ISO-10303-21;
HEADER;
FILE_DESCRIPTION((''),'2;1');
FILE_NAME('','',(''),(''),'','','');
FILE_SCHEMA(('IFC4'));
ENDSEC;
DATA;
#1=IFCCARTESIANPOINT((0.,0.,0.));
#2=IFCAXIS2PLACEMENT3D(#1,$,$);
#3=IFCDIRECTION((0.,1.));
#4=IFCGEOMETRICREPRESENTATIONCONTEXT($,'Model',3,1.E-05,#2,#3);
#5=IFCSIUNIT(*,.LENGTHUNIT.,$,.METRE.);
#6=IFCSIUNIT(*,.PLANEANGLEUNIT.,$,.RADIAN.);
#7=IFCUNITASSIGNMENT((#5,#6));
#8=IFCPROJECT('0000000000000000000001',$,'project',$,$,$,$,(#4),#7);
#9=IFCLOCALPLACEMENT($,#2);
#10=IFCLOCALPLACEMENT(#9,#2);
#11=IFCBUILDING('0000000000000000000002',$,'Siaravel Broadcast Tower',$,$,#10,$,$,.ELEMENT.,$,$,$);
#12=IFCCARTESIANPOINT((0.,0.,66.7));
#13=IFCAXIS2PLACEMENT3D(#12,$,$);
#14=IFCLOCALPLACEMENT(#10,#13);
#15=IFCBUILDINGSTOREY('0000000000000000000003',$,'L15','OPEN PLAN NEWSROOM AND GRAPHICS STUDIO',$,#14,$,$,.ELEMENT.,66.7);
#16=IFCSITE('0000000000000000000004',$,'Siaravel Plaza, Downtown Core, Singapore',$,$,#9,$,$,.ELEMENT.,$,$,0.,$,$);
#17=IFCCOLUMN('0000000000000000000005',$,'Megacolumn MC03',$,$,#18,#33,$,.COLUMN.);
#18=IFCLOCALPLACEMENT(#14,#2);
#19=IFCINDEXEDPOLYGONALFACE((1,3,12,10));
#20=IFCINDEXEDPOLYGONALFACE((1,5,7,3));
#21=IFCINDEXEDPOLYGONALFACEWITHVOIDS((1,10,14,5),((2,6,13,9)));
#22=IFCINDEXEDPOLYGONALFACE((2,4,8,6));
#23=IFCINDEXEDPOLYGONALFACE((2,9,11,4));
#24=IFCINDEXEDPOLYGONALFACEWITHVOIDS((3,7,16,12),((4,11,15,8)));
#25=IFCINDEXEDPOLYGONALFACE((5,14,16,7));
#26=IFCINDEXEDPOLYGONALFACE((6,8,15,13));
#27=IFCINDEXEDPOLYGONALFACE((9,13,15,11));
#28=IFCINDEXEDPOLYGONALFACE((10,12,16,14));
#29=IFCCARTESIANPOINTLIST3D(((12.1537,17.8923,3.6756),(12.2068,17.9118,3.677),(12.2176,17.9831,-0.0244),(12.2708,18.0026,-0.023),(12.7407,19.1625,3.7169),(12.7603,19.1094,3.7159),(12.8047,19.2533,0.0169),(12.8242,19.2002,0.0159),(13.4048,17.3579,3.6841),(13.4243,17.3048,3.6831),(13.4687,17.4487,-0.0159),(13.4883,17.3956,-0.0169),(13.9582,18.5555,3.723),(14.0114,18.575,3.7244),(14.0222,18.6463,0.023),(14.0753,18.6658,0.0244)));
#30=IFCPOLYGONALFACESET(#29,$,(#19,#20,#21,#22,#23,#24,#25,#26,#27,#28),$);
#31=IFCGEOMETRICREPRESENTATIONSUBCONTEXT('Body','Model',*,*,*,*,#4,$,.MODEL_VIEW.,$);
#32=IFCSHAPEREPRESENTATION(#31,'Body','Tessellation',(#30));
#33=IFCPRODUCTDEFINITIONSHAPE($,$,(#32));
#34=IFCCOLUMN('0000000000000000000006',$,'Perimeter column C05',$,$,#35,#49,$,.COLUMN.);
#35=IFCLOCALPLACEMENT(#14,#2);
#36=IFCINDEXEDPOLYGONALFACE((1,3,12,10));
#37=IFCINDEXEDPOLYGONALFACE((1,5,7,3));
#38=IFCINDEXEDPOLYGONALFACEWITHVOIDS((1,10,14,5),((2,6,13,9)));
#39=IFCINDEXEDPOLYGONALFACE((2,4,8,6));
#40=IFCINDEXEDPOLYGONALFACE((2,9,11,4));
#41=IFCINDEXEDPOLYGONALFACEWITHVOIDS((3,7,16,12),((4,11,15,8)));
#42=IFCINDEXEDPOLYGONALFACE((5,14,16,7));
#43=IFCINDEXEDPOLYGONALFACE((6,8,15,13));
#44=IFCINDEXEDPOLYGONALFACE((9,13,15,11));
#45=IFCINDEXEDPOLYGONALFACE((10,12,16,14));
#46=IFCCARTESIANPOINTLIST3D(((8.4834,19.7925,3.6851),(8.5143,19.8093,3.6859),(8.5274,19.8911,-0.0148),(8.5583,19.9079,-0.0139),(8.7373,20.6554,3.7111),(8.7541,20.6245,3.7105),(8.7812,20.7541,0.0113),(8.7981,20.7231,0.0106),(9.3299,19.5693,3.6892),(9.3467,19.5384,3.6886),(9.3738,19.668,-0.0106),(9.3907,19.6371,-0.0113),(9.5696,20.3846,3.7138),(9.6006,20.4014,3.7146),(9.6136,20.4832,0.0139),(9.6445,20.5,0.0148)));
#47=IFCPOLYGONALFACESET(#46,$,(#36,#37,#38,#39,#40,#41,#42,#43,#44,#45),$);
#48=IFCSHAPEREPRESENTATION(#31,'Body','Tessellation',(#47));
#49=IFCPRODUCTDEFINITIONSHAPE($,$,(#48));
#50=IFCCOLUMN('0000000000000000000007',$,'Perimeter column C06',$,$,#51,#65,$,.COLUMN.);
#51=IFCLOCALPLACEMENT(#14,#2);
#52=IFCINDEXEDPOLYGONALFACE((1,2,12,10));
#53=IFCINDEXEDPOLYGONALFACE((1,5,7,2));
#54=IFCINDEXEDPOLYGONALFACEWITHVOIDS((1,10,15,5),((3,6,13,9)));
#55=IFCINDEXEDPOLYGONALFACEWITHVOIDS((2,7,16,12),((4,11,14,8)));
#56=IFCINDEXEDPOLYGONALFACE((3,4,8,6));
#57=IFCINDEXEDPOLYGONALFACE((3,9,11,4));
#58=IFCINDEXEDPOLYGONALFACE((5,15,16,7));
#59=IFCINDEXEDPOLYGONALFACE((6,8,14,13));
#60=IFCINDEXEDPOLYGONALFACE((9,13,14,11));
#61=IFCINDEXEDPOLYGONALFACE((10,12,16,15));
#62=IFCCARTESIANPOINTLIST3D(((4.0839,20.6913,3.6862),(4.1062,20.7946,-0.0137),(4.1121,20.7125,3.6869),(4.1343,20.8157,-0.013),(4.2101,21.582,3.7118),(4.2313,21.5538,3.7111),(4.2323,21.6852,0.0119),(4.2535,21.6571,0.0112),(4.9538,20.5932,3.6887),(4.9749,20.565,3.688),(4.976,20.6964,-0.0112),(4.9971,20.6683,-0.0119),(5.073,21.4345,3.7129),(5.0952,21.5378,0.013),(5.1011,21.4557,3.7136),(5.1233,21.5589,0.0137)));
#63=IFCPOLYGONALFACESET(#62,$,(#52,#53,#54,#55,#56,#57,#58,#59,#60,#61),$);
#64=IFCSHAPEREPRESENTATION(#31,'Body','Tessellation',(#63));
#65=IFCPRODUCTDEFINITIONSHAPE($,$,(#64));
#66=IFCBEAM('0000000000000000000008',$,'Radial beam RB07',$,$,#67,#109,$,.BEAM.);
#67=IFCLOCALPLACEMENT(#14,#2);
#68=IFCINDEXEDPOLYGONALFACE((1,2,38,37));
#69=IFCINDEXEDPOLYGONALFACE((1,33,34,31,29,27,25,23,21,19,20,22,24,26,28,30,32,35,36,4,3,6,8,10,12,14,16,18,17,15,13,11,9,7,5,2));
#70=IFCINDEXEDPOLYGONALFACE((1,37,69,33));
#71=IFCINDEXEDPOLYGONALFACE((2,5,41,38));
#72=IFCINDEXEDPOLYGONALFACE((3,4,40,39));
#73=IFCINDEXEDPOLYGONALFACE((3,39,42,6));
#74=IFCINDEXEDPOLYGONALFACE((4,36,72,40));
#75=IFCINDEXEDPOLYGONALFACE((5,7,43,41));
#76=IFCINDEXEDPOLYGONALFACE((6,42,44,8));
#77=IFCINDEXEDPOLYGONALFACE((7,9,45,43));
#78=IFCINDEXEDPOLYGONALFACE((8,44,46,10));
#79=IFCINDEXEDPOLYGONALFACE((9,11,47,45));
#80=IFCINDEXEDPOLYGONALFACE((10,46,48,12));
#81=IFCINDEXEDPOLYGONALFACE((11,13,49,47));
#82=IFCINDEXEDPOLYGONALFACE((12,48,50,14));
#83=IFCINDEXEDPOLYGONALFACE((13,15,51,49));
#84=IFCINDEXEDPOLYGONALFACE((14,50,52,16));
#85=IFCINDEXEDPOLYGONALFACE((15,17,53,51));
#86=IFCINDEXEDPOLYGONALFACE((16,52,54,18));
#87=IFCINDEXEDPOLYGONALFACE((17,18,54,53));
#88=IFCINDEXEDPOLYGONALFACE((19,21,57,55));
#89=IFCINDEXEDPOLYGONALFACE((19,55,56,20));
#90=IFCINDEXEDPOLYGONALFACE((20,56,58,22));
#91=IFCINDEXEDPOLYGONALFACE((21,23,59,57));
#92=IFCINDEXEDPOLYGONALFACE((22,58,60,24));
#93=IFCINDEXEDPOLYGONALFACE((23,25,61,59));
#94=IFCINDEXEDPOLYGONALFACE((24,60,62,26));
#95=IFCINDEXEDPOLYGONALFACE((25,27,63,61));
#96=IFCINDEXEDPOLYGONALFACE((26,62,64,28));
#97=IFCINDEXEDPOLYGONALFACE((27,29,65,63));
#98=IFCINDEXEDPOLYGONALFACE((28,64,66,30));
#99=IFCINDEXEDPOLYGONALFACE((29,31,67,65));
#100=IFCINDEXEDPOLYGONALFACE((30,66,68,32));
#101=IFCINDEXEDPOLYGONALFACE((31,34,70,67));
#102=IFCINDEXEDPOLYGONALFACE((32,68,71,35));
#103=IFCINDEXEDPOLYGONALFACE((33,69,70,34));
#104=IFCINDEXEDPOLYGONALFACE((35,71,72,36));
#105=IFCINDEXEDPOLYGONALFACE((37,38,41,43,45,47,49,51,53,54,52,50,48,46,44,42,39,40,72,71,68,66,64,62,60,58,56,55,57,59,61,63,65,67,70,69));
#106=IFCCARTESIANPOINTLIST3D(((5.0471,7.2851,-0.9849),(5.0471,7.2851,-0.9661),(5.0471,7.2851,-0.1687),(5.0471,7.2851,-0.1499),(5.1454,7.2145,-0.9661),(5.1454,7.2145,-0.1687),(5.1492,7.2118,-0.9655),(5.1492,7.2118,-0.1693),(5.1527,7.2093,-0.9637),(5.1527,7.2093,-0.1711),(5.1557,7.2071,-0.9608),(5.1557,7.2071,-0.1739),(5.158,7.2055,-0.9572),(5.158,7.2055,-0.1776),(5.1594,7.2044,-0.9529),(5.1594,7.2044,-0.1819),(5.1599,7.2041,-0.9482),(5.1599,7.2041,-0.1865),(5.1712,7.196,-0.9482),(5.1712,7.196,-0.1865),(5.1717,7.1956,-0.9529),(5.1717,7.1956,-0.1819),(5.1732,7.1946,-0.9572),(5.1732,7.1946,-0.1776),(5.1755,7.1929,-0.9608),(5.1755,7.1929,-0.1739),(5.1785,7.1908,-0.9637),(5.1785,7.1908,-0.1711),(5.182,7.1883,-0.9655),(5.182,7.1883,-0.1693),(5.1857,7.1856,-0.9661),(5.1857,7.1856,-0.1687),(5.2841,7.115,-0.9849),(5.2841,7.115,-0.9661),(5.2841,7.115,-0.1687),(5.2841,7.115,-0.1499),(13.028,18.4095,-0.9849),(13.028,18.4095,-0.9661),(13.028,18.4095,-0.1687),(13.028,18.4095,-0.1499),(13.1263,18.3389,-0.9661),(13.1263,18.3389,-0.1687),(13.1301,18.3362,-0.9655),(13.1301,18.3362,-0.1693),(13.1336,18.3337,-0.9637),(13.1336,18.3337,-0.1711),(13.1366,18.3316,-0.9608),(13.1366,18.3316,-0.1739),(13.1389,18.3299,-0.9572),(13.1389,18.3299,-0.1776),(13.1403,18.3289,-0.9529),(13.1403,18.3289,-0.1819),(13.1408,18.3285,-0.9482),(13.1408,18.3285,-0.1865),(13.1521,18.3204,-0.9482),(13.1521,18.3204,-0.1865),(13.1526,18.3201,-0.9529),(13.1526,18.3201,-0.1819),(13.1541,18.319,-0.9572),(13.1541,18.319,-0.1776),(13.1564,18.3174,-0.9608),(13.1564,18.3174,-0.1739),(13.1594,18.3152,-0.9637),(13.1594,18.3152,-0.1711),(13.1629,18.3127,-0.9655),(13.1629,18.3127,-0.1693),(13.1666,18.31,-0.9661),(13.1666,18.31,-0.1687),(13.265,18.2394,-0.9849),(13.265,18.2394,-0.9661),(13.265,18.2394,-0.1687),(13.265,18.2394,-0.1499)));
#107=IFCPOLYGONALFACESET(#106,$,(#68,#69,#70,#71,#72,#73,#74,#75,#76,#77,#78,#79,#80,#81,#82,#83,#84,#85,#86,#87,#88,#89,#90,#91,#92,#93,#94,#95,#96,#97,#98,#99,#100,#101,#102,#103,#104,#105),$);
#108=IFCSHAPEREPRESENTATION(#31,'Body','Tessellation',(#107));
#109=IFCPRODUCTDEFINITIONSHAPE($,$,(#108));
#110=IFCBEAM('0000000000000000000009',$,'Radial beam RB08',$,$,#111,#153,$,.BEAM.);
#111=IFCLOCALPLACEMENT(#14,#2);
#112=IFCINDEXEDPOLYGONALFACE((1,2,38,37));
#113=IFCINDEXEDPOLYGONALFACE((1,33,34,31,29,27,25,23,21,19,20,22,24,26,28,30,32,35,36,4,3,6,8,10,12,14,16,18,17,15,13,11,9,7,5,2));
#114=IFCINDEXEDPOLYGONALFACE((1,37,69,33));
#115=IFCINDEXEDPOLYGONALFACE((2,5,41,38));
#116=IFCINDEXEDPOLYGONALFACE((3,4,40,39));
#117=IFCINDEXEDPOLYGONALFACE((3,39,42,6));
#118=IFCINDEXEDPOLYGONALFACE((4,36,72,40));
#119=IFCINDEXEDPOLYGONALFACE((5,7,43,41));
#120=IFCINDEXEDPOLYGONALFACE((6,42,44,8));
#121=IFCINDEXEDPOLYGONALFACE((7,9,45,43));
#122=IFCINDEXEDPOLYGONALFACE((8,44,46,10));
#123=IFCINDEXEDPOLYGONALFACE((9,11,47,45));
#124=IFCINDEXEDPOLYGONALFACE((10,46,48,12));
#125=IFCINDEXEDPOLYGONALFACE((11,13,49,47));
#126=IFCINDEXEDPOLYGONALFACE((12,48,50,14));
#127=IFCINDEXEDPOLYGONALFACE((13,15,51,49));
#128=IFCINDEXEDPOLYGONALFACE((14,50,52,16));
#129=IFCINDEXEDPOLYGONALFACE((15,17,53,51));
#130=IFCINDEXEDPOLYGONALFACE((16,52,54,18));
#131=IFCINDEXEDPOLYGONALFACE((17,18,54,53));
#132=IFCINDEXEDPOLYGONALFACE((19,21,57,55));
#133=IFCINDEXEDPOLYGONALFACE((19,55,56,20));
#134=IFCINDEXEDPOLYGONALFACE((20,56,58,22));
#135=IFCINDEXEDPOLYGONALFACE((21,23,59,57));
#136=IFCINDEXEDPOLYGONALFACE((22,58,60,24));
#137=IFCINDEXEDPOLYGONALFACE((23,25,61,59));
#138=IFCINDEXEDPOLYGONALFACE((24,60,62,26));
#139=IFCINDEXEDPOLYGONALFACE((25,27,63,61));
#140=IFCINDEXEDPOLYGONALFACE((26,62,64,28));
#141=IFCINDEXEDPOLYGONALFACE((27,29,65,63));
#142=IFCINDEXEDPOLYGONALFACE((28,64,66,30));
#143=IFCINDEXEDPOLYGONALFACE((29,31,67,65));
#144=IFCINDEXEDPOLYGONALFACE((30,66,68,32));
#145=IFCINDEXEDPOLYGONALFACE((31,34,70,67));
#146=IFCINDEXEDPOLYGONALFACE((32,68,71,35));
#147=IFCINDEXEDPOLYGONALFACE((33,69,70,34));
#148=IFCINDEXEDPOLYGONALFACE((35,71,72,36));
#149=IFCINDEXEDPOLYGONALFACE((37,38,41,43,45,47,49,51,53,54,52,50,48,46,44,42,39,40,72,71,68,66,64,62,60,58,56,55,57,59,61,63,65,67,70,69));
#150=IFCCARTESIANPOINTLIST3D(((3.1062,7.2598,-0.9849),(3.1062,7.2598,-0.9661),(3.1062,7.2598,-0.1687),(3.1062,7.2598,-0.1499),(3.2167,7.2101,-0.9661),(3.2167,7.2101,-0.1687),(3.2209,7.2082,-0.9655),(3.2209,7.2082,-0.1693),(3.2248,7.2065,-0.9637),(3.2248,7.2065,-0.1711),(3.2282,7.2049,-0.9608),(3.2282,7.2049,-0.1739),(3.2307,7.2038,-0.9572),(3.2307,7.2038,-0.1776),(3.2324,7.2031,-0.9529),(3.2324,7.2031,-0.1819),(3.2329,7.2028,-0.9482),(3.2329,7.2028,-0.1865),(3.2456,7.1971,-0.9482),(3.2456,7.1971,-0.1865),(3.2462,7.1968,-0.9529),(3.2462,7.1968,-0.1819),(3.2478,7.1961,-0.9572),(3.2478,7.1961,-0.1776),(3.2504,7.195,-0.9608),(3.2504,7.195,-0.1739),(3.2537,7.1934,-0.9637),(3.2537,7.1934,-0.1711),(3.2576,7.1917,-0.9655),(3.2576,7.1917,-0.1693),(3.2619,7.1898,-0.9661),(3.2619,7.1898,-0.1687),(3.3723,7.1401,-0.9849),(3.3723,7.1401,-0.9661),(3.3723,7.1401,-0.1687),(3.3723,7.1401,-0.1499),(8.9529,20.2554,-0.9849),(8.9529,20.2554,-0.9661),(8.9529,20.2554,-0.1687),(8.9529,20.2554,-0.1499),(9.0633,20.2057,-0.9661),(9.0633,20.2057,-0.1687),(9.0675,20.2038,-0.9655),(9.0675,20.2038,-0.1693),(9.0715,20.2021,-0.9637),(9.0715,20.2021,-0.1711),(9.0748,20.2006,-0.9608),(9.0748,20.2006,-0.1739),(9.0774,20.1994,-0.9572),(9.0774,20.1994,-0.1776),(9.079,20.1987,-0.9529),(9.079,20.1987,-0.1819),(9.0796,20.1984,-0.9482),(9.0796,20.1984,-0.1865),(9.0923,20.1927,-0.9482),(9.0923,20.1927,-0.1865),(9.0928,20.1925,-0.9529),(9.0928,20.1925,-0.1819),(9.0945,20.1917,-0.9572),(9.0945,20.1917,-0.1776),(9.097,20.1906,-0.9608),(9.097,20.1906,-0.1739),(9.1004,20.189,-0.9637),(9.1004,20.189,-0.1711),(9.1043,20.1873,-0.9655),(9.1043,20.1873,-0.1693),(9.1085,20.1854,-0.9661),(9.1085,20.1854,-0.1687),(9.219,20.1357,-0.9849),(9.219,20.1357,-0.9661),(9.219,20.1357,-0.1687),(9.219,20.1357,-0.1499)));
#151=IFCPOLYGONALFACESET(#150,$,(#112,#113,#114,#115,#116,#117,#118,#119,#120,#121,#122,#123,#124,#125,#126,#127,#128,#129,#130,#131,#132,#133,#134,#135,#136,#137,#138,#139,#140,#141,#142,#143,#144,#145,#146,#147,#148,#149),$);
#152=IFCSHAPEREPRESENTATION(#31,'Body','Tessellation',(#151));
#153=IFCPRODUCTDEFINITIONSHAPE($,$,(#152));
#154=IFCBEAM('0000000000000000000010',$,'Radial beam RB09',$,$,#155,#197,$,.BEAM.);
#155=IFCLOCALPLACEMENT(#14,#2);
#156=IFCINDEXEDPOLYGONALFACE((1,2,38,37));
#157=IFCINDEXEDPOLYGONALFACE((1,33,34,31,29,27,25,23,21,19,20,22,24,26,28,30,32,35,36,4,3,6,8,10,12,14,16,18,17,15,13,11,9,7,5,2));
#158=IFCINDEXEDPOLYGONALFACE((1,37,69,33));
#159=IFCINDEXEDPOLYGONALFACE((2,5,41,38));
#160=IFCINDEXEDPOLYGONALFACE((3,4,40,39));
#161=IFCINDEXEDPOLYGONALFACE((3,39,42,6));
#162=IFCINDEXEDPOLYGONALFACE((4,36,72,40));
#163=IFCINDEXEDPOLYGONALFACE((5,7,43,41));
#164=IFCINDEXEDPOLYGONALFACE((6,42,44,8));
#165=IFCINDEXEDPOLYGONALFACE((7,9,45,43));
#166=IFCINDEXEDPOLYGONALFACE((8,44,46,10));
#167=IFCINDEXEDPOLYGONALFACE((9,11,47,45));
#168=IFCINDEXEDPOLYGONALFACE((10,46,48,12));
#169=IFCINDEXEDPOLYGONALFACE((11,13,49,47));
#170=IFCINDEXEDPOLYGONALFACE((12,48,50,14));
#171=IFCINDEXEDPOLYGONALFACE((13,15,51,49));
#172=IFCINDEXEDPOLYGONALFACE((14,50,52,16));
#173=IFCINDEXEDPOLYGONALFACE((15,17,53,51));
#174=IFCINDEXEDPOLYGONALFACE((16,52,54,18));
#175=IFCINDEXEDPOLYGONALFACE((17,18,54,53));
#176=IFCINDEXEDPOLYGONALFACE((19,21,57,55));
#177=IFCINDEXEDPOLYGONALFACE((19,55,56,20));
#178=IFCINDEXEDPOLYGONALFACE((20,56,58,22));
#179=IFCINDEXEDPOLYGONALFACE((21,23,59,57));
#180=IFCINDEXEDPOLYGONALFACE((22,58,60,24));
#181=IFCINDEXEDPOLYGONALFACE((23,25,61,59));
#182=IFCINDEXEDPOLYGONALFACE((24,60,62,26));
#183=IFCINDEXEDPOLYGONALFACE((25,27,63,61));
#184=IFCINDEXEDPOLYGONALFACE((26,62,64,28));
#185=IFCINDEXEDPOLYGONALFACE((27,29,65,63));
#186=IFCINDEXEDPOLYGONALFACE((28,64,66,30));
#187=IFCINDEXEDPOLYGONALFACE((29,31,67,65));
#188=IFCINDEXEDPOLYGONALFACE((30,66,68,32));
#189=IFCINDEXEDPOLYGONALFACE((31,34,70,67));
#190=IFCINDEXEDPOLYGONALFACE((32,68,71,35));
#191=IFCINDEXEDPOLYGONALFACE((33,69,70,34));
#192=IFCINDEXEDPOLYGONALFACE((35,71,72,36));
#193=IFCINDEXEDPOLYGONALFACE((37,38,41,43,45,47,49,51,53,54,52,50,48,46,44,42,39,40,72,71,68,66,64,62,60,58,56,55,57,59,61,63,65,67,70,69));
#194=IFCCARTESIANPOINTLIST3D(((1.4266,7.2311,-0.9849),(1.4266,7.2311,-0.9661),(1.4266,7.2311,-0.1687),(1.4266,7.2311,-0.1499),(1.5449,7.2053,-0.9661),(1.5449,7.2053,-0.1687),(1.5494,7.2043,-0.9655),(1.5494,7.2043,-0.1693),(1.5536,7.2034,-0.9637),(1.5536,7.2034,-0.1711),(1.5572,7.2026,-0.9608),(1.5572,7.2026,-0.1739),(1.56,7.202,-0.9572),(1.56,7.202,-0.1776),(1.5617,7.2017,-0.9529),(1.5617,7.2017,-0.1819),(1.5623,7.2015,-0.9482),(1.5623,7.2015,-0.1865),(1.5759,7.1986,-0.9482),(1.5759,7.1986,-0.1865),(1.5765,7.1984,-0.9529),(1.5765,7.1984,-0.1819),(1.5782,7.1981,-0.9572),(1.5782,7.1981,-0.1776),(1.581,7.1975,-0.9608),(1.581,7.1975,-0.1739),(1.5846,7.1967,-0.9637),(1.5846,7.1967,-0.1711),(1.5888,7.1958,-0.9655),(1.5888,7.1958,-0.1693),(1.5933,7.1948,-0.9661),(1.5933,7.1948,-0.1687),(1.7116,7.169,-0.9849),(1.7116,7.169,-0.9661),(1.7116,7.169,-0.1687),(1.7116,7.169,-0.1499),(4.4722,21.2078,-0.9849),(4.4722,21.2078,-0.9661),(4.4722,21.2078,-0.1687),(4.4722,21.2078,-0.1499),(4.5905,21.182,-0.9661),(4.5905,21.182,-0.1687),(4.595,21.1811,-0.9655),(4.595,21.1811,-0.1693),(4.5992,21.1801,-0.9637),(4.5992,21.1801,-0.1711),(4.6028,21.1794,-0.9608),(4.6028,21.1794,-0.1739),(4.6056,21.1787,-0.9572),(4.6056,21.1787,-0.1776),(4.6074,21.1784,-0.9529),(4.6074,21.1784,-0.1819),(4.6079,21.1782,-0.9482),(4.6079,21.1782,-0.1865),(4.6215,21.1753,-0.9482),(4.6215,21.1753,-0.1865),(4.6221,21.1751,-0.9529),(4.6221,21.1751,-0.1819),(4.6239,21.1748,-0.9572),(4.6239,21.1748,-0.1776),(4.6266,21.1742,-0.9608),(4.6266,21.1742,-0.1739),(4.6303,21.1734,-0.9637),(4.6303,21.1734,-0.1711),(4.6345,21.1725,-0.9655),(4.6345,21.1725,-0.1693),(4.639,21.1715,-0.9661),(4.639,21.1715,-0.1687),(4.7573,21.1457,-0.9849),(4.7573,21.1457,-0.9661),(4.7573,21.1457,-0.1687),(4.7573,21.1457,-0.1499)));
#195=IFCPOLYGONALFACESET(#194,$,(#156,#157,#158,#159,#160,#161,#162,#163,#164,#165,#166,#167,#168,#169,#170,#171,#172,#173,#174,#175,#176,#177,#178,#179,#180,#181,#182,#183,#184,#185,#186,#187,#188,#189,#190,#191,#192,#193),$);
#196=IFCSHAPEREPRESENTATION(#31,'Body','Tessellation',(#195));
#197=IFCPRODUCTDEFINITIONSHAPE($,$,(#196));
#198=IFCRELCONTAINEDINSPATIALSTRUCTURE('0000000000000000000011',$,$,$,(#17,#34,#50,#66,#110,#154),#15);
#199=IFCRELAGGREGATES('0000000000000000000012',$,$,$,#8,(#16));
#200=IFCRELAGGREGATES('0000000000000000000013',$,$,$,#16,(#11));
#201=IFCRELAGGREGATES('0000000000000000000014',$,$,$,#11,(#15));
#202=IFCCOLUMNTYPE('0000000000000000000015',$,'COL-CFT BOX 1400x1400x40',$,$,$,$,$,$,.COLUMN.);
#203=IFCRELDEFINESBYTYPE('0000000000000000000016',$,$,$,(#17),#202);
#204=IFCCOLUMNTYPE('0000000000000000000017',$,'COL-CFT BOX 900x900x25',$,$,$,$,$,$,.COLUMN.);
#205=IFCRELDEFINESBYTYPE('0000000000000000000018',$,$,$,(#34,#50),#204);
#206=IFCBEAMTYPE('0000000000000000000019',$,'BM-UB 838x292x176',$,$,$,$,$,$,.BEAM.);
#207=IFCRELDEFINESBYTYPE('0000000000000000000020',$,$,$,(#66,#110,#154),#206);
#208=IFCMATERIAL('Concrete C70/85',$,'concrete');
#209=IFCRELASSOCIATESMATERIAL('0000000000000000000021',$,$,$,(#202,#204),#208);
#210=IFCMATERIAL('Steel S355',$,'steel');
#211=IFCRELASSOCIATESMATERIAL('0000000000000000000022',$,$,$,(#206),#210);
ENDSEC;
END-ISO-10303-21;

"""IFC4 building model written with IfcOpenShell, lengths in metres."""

from ifc_helpers import new_model, si_unit, direction, frame, origin, origin_2d, place, context, subcontext, project, spatial, hollow_rectangle, i_section, extrude, material, material_profile, profile_set, type_object, element, save


model = new_model("IFC4")

# Units and contexts
model_context = context("Model", 3, precision=1e-05, world=origin(), true_north=direction((0.0, 1.0)))
body_context = subcontext(model_context, "Body", "Model", "MODEL_VIEW")
ifc_project = project(units=[si_unit("LENGTHUNIT", "METRE"), si_unit("PLANEANGLEUNIT", "RADIAN")], contexts=[model_context])

# Site, building, storey
site_placement = place(None, origin())
site = spatial("IfcSite", under=ifc_project, at=site_placement, Name="Siaravel Plaza, Downtown Core, Singapore", CompositionType="ELEMENT", RefElevation=0.0)
building_placement = place(site_placement, origin())
building = spatial("IfcBuilding", under=site, at=building_placement, Name="Siaravel Broadcast Tower", CompositionType="ELEMENT")
storey_placement = place(building_placement, frame((0.0, 0.0, 66.7)))
storey = spatial("IfcBuildingStorey", under=building, at=storey_placement, Name="L15", Description="OPEN PLAN NEWSROOM AND GRAPHICS STUDIO", CompositionType="ELEMENT", Elevation=66.7)

# Columns
ifc_material_1 = material(Name="Concrete C70/85", Category="concrete")
ifc_material_profile_1 = material_profile(ifc_material_1, hollow_rectangle(XDim=1.3999, YDim=1.3999, WallThickness=0.04, at=origin_2d()))
ifc_profile_set_1 = profile_set([ifc_material_profile_1], Name="Concrete C70/85")
column_type_1 = type_object("IfcColumnType", Name="COL-CFT BOX 1400x1400x40", PredefinedType="COLUMN", material=ifc_profile_set_1)
column_placement = place(storey_placement, frame((13.1465, 18.3245, 0.0), z_axis=(-0.01728, -0.024535, 0.99955), x_axis=(0.907657, -0.419678, 0.00539)))
element("IfcColumn", 1, at=column_placement, inside=storey, type_object=column_type_1, Name="Megacolumn MC03", PredefinedType="COLUMN", context=body_context, shape_type="SweptSolid", body=[
    extrude(hollow_rectangle(XDim=1.3999, YDim=1.3999, WallThickness=0.04, at=origin_2d()), origin(), (0.0, 0.0, 1.0), 3.7017),
])
ifc_material_profile_2 = material_profile(ifc_material_1, hollow_rectangle(XDim=0.8999, YDim=0.8999, WallThickness=0.0249, at=origin_2d()))
ifc_profile_set_2 = profile_set([ifc_material_profile_2], Name="Concrete C70/85")
column_type_2 = type_object("IfcColumnType", Name="COL-CFT BOX 900x900x25", PredefinedType="COLUMN", material=ifc_profile_set_2)
for number, where, z_axis, x_axis, name in (
    (2, (9.0859, 20.1956, 0.0), (-0.011872, -0.026647, 0.999574), (0.959325, -0.282278, 0.003869), "Perimeter column C05"),
    (3, (4.6147, 21.1768, 0.0), (-0.006002, -0.0279, 0.999593), (0.990101, -0.140342, 0.002028), "Perimeter column C06"),
):
    element("IfcColumn", number, at=place(storey_placement, frame(where, z_axis=z_axis, x_axis=x_axis)), inside=storey, type_object=column_type_2, Name=name, PredefinedType="COLUMN", context=body_context, shape_type="SweptSolid", body=[
        extrude(hollow_rectangle(XDim=0.8999, YDim=0.8999, WallThickness=0.0249, at=origin_2d()), origin(), (0.0, 0.0, 1.0), 3.7014),
    ])

# Beams
ifc_material_2 = material(Name="Steel S355", Category="steel")
ifc_material_profile_3 = material_profile(ifc_material_2, i_section(OverallWidth=0.2917, OverallDepth=0.835, WebThickness=0.0139, FlangeThickness=0.0188, FilletRadius=0.0178, at=origin_2d()))
ifc_profile_set_3 = profile_set([ifc_material_profile_3], Name="Steel S355")
beam_type = type_object("IfcBeamType", Name="BM-UB 838x292x176", PredefinedType="BEAM", material=ifc_profile_set_3)
beam_1_placement = place(storey_placement, frame((13.1465, 18.3245, -0.5674), z_axis=(-0.582924, -0.812527, 0.0), x_axis=(0.812527, -0.582924, 0.0)))
element("IfcBeam", 4, at=beam_1_placement, inside=storey, type_object=beam_type, Name="Radial beam RB07", PredefinedType="BEAM", context=body_context, shape_type="SweptSolid", body=[
    extrude(i_section(OverallWidth=0.2917, OverallDepth=0.835, WebThickness=0.0139, FlangeThickness=0.0188, FilletRadius=0.0178, at=origin_2d()), origin(), (0.0, 0.0, 1.0), 13.6912),
])
beam_2_placement = place(storey_placement, frame((9.0859, 20.1956, -0.5674), z_axis=(-0.410286, -0.911957, 0.0), x_axis=(0.911957, -0.410286, 0.0)))
element("IfcBeam", 5, at=beam_2_placement, inside=storey, type_object=beam_type, Name="Radial beam RB08", PredefinedType="BEAM", context=body_context, shape_type="SweptSolid", body=[
    extrude(i_section(OverallWidth=0.2917, OverallDepth=0.835, WebThickness=0.0139, FlangeThickness=0.0188, FilletRadius=0.0178, at=origin_2d()), origin(), (0.0, 0.0, 1.0), 14.2502),
])
beam_3_placement = place(storey_placement, frame((4.6147, 21.1768, -0.5674), z_axis=(-0.212911, -0.977072, 0.0), x_axis=(0.977072, -0.212911, 0.0)))
element("IfcBeam", 6, at=beam_3_placement, inside=storey, type_object=beam_type, Name="Radial beam RB09", PredefinedType="BEAM", context=body_context, shape_type="SweptSolid", body=[
    extrude(i_section(OverallWidth=0.2917, OverallDepth=0.835, WebThickness=0.0139, FlangeThickness=0.0188, FilletRadius=0.0178, at=origin_2d()), origin(), (0.0, 0.0, 1.0), 14.3047),
])

save(model, "model.ifc")
